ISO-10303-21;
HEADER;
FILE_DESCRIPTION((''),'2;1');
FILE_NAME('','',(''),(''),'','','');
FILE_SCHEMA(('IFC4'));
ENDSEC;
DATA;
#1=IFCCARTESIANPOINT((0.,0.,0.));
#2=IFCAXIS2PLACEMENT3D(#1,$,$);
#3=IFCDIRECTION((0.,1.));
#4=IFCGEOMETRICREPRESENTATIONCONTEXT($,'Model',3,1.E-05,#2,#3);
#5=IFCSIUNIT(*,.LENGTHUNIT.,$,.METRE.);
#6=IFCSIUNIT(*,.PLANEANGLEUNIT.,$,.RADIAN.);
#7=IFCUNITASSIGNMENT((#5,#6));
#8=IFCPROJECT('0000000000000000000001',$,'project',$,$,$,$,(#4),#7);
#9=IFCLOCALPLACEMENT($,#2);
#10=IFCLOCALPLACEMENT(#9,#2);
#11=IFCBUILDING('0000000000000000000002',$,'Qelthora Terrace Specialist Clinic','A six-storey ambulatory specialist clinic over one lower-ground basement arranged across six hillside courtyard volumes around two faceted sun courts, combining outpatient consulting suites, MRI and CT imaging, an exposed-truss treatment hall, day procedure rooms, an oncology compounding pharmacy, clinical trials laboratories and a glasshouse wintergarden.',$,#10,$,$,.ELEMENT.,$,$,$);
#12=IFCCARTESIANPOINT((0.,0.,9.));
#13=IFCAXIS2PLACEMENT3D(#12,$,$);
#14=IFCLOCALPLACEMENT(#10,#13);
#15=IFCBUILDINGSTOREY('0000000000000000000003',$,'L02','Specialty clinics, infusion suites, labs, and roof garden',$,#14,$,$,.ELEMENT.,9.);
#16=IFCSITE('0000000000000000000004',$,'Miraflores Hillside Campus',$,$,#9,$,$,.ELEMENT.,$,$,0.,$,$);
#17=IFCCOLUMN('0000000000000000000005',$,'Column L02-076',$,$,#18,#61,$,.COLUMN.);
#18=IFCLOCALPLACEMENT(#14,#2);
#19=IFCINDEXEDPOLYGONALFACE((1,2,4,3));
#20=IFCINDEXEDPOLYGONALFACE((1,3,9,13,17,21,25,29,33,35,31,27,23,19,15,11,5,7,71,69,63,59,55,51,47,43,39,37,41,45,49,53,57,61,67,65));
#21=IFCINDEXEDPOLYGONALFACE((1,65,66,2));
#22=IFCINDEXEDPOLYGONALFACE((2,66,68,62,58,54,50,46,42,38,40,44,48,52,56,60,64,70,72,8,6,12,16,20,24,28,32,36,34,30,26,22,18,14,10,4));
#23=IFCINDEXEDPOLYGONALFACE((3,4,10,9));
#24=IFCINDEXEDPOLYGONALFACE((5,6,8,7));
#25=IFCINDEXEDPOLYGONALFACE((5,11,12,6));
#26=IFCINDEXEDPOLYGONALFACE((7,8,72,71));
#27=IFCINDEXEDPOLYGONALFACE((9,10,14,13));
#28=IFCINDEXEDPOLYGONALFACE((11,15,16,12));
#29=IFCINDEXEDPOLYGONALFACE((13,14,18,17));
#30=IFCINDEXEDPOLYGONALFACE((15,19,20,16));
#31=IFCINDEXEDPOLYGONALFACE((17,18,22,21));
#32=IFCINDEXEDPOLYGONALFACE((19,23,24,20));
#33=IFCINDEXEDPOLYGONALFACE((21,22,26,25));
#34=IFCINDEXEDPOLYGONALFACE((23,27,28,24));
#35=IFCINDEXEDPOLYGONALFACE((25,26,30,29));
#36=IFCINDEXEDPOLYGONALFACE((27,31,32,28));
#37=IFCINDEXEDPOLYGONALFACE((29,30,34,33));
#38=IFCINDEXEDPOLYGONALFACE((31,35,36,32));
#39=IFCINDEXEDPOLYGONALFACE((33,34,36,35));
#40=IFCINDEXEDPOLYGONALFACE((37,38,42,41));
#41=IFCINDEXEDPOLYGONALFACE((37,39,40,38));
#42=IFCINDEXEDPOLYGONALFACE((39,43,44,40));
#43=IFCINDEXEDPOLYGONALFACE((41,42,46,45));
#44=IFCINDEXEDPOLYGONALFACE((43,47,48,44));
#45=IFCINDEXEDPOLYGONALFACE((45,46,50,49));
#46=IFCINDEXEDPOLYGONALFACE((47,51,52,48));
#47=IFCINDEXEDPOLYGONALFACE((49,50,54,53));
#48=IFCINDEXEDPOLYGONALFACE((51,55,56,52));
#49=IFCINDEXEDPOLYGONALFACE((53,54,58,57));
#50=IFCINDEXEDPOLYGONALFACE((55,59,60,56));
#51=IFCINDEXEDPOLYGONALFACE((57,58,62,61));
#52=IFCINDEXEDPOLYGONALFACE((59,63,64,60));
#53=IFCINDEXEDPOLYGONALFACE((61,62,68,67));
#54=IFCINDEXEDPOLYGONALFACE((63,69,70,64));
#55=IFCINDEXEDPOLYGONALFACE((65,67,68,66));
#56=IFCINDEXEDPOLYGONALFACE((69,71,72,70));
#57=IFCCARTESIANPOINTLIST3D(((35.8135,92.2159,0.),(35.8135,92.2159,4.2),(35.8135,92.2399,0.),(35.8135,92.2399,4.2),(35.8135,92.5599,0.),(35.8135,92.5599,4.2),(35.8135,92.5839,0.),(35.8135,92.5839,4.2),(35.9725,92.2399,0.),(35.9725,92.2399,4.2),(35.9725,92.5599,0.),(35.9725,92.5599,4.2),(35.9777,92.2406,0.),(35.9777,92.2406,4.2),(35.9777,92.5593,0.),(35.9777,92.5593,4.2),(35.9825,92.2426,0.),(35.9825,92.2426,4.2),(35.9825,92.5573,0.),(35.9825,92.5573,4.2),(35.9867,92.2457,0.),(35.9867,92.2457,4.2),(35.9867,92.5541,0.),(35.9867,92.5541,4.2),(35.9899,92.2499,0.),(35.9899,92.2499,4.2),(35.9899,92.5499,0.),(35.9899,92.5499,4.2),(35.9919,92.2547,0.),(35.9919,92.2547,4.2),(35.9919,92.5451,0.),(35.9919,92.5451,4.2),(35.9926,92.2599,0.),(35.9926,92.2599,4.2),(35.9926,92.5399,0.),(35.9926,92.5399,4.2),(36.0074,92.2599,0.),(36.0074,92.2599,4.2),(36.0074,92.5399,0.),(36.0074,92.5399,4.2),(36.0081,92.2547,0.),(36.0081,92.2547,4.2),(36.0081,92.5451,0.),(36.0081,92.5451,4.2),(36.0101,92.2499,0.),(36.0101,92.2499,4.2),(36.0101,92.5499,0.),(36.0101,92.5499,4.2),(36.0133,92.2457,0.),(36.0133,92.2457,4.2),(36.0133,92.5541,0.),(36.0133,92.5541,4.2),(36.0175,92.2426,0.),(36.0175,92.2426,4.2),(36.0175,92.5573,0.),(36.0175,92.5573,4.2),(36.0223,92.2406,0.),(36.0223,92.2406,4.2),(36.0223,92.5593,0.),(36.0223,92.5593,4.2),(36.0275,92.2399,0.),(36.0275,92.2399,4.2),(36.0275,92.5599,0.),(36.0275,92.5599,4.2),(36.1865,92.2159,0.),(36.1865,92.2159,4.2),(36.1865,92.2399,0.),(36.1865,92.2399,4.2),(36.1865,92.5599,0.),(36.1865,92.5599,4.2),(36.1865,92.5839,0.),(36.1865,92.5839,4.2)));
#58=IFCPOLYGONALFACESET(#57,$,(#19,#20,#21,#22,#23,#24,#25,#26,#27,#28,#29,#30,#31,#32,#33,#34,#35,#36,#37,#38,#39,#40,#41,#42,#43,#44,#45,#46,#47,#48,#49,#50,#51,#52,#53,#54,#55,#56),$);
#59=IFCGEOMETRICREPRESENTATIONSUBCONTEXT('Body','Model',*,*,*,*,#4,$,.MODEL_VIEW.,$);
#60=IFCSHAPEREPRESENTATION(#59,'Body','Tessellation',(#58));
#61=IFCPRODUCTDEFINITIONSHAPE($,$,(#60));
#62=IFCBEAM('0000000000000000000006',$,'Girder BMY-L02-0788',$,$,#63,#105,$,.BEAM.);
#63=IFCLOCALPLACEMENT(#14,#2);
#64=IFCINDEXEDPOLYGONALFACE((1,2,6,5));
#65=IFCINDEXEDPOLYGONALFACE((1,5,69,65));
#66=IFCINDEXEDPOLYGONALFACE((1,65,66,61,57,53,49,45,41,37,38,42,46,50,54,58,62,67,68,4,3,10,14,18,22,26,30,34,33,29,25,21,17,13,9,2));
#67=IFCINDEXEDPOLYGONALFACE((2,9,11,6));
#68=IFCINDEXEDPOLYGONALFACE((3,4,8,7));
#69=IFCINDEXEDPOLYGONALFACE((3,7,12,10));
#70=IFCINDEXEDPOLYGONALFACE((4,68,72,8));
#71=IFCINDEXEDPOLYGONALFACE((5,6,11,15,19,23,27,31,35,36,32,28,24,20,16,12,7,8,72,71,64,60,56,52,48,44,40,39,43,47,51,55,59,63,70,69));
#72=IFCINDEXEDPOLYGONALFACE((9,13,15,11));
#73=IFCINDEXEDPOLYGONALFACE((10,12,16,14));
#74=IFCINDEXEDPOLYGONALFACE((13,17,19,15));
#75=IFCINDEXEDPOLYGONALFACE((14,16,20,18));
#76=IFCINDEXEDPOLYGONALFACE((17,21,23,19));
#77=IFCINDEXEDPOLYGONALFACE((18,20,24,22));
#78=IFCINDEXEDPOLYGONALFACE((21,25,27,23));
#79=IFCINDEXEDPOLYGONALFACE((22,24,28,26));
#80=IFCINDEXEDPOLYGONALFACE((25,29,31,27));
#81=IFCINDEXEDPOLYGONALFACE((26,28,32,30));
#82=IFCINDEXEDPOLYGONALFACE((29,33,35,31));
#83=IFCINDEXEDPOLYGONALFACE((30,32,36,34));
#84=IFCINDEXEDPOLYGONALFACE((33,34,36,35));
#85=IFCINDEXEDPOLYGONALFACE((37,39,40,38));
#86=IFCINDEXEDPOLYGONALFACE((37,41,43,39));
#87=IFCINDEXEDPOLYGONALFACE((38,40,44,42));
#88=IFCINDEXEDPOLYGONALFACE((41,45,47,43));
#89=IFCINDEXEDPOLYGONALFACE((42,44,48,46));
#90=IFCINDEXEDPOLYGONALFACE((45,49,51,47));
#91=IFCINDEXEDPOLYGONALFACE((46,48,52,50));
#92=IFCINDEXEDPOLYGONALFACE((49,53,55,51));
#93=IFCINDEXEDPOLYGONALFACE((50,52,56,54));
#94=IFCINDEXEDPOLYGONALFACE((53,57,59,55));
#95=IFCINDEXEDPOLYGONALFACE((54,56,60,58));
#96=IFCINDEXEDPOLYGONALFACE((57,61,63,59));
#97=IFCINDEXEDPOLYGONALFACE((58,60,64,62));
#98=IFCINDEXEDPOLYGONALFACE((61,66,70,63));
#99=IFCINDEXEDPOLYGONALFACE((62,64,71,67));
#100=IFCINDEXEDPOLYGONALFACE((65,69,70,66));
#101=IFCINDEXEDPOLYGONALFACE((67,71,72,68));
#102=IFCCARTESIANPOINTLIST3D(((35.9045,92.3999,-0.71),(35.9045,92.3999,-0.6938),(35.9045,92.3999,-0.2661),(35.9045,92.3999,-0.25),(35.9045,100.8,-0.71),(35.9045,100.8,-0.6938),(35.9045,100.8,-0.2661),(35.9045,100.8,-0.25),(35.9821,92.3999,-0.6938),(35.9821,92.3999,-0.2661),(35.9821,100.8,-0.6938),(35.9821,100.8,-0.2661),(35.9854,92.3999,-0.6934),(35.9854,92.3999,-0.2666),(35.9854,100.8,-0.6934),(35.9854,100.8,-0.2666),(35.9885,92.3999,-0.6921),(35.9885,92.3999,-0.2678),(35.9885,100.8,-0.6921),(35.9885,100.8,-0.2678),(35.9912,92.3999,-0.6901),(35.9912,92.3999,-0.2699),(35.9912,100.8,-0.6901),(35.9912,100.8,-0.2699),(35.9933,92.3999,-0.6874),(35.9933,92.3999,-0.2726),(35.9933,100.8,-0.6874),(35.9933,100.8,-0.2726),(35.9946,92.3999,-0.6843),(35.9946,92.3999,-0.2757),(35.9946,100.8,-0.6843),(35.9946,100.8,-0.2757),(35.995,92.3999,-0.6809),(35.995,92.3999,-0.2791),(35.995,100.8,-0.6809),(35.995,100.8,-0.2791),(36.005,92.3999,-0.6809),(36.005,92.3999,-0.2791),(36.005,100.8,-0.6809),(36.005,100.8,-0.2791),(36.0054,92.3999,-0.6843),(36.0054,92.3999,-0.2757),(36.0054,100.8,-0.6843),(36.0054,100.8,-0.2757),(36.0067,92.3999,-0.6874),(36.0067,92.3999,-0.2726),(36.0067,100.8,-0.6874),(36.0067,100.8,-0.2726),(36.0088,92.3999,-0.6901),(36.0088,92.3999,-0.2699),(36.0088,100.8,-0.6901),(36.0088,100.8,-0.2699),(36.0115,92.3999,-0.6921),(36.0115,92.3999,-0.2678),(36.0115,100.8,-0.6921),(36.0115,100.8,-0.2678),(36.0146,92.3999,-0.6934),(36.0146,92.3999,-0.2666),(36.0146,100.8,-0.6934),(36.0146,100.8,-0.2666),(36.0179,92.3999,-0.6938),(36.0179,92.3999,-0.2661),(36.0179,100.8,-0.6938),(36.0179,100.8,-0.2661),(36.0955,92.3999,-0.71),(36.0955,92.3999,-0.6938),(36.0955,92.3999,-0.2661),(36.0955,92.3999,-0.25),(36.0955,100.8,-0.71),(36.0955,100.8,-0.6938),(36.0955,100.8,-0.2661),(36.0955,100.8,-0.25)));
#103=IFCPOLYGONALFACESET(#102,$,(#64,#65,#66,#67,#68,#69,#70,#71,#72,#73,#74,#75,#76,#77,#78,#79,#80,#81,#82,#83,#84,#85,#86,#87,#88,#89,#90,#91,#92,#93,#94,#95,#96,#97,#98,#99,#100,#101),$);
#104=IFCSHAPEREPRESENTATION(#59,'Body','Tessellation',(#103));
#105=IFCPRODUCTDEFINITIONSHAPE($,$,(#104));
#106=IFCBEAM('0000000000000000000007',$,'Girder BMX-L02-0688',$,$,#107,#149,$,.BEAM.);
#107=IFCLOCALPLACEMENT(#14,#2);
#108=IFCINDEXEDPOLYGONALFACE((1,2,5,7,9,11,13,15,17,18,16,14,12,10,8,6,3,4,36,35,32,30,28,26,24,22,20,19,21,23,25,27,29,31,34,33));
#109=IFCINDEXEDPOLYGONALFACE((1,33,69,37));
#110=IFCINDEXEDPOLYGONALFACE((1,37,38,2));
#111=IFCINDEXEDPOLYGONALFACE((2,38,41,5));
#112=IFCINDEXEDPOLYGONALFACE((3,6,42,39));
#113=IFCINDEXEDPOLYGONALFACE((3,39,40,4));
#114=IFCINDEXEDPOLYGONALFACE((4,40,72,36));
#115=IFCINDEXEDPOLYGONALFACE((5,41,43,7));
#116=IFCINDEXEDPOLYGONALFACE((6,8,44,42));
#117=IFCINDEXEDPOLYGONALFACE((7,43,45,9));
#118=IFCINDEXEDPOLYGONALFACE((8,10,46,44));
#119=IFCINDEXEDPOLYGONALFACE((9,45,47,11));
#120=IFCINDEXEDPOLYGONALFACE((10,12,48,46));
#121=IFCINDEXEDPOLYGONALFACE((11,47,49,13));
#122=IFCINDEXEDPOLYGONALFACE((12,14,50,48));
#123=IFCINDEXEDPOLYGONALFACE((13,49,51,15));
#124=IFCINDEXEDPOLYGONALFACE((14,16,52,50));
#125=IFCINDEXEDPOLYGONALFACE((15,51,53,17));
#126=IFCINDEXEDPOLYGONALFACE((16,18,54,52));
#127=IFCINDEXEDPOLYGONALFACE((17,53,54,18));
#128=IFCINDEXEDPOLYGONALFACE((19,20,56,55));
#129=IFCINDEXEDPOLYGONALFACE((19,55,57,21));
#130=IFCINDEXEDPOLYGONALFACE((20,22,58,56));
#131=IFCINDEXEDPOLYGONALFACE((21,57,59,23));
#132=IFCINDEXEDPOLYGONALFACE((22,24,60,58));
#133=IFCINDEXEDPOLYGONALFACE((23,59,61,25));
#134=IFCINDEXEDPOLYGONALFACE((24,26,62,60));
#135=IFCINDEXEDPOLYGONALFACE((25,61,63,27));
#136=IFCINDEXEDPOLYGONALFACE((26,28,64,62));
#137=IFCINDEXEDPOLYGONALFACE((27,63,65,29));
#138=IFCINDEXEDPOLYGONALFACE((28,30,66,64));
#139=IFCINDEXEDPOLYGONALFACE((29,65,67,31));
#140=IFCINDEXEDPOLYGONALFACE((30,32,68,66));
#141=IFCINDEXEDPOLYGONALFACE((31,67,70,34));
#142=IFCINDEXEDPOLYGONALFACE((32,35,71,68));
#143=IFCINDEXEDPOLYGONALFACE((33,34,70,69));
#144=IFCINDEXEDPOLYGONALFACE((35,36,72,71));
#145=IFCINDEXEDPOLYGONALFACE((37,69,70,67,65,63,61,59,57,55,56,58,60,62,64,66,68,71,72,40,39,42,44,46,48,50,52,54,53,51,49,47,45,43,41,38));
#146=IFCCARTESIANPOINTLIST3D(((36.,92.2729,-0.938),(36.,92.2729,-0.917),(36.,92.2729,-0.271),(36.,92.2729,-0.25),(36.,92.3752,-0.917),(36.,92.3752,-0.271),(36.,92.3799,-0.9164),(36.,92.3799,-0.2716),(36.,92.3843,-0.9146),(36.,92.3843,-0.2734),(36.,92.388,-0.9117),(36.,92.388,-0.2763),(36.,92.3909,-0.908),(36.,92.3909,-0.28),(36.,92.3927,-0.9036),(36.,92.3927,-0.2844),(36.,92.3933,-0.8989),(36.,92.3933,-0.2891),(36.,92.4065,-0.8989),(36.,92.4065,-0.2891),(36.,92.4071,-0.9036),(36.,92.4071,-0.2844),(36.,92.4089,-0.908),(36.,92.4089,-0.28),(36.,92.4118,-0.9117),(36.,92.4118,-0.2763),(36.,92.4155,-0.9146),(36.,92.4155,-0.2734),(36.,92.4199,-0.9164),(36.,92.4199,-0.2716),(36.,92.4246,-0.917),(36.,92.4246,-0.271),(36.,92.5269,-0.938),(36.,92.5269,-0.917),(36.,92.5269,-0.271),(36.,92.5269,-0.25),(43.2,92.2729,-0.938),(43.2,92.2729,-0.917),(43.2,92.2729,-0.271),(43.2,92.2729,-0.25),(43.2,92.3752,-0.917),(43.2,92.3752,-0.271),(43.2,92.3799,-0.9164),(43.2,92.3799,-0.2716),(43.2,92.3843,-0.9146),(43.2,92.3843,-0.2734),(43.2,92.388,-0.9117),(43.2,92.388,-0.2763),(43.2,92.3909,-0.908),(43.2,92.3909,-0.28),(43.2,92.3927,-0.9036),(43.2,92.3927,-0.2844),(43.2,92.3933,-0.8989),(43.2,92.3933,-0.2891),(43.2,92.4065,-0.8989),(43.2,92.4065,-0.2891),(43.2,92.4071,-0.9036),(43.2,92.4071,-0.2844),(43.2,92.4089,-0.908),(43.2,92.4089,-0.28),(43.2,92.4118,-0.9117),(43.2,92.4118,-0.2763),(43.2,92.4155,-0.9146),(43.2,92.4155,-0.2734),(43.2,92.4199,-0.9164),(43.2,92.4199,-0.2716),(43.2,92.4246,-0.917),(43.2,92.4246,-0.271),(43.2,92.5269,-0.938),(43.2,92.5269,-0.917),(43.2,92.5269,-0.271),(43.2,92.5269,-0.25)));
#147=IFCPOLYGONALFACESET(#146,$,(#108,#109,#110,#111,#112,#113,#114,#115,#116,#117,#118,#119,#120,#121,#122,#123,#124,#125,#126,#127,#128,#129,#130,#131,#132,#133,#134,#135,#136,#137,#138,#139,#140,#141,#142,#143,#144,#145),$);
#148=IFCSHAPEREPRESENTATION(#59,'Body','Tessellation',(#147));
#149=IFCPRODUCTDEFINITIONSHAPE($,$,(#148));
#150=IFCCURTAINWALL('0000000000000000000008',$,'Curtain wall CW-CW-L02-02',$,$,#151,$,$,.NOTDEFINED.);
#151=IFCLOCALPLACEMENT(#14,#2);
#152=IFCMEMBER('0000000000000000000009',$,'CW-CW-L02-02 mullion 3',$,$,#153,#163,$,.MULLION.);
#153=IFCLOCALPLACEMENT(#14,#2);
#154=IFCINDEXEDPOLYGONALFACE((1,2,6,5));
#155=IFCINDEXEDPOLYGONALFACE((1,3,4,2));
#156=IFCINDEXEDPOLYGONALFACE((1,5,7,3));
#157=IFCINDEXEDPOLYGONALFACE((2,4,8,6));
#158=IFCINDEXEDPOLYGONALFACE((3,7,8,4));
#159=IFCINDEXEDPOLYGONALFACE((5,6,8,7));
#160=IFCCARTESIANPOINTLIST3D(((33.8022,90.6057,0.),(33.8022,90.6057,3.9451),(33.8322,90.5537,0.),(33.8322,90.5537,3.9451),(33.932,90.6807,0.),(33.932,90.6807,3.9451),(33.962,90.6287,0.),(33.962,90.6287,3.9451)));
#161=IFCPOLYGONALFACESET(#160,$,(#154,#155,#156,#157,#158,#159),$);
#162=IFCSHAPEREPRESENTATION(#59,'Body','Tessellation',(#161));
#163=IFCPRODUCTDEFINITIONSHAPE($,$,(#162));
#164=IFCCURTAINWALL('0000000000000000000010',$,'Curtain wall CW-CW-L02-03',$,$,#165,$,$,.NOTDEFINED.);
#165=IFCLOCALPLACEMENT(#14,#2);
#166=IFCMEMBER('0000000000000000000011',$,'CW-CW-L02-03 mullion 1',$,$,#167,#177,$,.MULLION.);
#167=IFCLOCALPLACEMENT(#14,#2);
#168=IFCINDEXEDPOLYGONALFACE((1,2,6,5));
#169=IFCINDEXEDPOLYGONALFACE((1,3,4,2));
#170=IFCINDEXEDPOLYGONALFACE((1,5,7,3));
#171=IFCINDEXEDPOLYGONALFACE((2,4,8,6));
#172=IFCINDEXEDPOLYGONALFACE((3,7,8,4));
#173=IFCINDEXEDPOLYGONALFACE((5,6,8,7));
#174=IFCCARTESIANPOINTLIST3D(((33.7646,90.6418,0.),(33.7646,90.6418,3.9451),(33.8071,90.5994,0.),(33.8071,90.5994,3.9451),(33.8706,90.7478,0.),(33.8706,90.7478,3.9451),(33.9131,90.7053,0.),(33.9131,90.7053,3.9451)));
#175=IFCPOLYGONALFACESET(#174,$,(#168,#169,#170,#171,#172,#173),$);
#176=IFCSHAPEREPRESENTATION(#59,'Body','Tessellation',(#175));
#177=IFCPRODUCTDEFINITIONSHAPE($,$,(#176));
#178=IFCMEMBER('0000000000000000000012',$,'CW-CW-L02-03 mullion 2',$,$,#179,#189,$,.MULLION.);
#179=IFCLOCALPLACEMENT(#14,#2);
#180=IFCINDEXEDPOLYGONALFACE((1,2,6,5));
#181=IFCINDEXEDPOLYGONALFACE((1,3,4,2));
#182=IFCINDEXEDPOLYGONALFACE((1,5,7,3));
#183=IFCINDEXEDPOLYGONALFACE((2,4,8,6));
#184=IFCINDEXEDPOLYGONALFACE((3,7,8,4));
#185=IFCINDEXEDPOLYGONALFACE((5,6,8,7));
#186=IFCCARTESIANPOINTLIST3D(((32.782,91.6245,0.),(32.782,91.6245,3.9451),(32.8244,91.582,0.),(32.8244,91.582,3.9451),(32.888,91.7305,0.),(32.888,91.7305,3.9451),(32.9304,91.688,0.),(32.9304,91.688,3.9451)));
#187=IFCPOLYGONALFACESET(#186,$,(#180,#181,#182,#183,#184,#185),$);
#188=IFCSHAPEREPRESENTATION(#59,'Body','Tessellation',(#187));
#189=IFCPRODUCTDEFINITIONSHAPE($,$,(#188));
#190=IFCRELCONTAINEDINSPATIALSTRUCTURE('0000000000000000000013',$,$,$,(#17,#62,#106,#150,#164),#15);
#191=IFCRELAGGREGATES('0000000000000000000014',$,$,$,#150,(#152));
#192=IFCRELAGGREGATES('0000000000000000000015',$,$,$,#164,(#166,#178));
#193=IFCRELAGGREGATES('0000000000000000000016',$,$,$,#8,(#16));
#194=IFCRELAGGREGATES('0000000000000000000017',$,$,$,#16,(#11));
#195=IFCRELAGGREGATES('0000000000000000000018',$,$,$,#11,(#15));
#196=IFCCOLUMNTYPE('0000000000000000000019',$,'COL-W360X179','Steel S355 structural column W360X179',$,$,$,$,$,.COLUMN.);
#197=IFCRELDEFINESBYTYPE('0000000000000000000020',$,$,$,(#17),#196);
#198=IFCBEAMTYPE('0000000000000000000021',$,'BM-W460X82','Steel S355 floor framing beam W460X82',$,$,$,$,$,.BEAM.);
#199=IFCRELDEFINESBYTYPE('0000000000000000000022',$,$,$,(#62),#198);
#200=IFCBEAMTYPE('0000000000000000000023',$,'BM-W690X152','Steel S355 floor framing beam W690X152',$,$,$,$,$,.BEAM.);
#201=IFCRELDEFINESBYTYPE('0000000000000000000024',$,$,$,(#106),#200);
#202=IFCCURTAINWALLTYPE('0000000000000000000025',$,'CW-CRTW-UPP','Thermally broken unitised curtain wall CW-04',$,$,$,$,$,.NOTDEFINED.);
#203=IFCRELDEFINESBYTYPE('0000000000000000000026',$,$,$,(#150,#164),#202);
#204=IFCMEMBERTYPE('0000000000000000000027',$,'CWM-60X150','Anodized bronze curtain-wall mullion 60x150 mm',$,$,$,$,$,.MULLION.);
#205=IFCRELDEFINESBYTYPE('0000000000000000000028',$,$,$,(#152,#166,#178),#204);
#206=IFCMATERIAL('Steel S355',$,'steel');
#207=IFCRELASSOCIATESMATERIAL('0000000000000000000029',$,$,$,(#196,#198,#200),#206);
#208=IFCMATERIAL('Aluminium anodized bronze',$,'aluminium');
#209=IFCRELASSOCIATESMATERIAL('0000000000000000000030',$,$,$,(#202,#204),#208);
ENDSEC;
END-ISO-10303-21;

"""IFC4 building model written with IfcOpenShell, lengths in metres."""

from ifc_helpers import new_model, si_unit, direction, frame, origin, origin_2d, place, context, subcontext, project, spatial, rectangle, i_section, extrude, material, material_profile, profile_set, type_object, element, aggregate, save


model = new_model("IFC4")

# Units and contexts
model_context = context("Model", 3, precision=1e-05, world=origin(), true_north=direction((0.0, 1.0)))
body_context = subcontext(model_context, "Body", "Model", "MODEL_VIEW")
ifc_project = project(units=[si_unit("LENGTHUNIT", "METRE"), si_unit("PLANEANGLEUNIT", "RADIAN")], contexts=[model_context])

# Site, building, storey
site_placement = place(None, origin())
site = spatial("IfcSite", under=ifc_project, at=site_placement, Name="Miraflores Hillside Campus", CompositionType="ELEMENT", RefElevation=0.0)
building_placement = place(site_placement, origin())
building = spatial("IfcBuilding", under=site, at=building_placement, Name="Qelthora Terrace Specialist Clinic", Description="A six-storey ambulatory specialist clinic over one lower-ground basement arranged across six hillside courtyard volumes around two faceted sun courts, combining outpatient consulting suites, MRI and CT imaging, an exposed-truss treatment hall, day procedure rooms, an oncology compounding pharmacy, clinical trials laboratories and a glasshouse wintergarden.", CompositionType="ELEMENT")
storey_placement = place(building_placement, frame((0.0, 0.0, 9.0)))
storey = spatial("IfcBuildingStorey", under=building, at=storey_placement, Name="L02", Description="Specialty clinics, infusion suites, labs, and roof garden", CompositionType="ELEMENT", Elevation=9.0)

# Column
ifc_material_1 = material(Name="Steel S355", Category="steel")
ifc_material_profile_1 = material_profile(ifc_material_1, i_section(OverallWidth=0.373, OverallDepth=0.3679, WebThickness=0.0149, FlangeThickness=0.0239, FilletRadius=0.02, at=origin_2d()), Name="W360X179")
ifc_profile_set_1 = profile_set([ifc_material_profile_1], Name="Steel S355")
column_type = type_object("IfcColumnType", Name="COL-W360X179", Description="Steel S355 structural column W360X179", PredefinedType="COLUMN", material=ifc_profile_set_1)
column_placement = place(storey_placement, frame((36.0, 92.3999, 0.0), z_axis=(0.0, 0.0, 1.0), x_axis=(1.0, 0.0, 0.0)))
element("IfcColumn", 1, at=column_placement, inside=storey, type_object=column_type, Name="Column L02-076", PredefinedType="COLUMN", context=body_context, shape_type="SweptSolid", body=[
    extrude(i_section(OverallWidth=0.373, OverallDepth=0.3679, WebThickness=0.0149, FlangeThickness=0.0239, FilletRadius=0.02, at=origin_2d()), origin(), (0.0, 0.0, 1.0), 4.2),
])

# Beams
ifc_material_profile_2 = material_profile(ifc_material_1, i_section(OverallWidth=0.1909, OverallDepth=0.46, WebThickness=0.01, FlangeThickness=0.0161, FilletRadius=0.0129, at=origin_2d()), Name="W460X82")
ifc_profile_set_2 = profile_set([ifc_material_profile_2], Name="Steel S355")
beam_type_1 = type_object("IfcBeamType", Name="BM-W460X82", Description="Steel S355 floor framing beam W460X82", PredefinedType="BEAM", material=ifc_profile_set_2)
beam_1_placement = place(storey_placement, frame((36.0, 92.3999, -0.48), z_axis=(0.0, 1.0, 0.0), x_axis=(-1.0, 0.0, 0.0)))
element("IfcBeam", 2, at=beam_1_placement, inside=storey, type_object=beam_type_1, Name="Girder BMY-L02-0788", PredefinedType="BEAM", context=body_context, shape_type="SweptSolid", body=[
    extrude(i_section(OverallWidth=0.1909, OverallDepth=0.46, WebThickness=0.01, FlangeThickness=0.0161, FilletRadius=0.0129, at=origin_2d()), origin(), (0.0, 0.0, 1.0), 8.4001),
])
ifc_material_profile_3 = material_profile(ifc_material_1, i_section(OverallWidth=0.2539, OverallDepth=0.688, WebThickness=0.0132, FlangeThickness=0.021, FilletRadius=0.0181, at=origin_2d()), Name="W690X152")
ifc_profile_set_3 = profile_set([ifc_material_profile_3], Name="Steel S355")
beam_type_2 = type_object("IfcBeamType", Name="BM-W690X152", Description="Steel S355 floor framing beam W690X152", PredefinedType="BEAM", material=ifc_profile_set_3)
beam_2_placement = place(storey_placement, frame((36.0, 92.3999, -0.594), z_axis=(1.0, 0.0, 0.0), x_axis=(0.0, 1.0, 0.0)))
element("IfcBeam", 3, at=beam_2_placement, inside=storey, type_object=beam_type_2, Name="Girder BMX-L02-0688", PredefinedType="BEAM", context=body_context, shape_type="SweptSolid", body=[
    extrude(i_section(OverallWidth=0.2539, OverallDepth=0.688, WebThickness=0.0132, FlangeThickness=0.021, FilletRadius=0.0181, at=origin_2d()), origin(), (0.0, 0.0, 1.0), 7.2),
])

# Curtain wall, member
ifc_material_2 = material(Name="Aluminium anodized bronze", Category="aluminium")
curtain_wall_type = type_object("IfcCurtainWallType", Name="CW-CRTW-UPP", Description="Thermally broken unitised curtain wall CW-04", PredefinedType="NOTDEFINED", material=ifc_material_2)
curtain_wall_1_placement = place(storey_placement, origin())
curtain_wall_1 = element("IfcCurtainWall", 4, at=curtain_wall_1_placement, inside=storey, type_object=curtain_wall_type, Name="Curtain wall CW-CW-L02-02", PredefinedType="NOTDEFINED")
ifc_material_profile_4 = material_profile(ifc_material_2, rectangle(XDim=0.0601, YDim=0.1499, at=origin_2d()), Name="CWM60X150")
ifc_profile_set_4 = profile_set([ifc_material_profile_4], Name="Aluminium anodized bronze")
member_type_1 = type_object("IfcMemberType", Name="CWM-60X150", Description="Anodized bronze curtain-wall mullion 60x150 mm", PredefinedType="MULLION", material=ifc_profile_set_4)
member_1_placement = place(storey_placement, frame((33.8821, 90.6172, 0.0), z_axis=(0.0, 0.0, 1.0), x_axis=(-0.5, 0.866026, 0.0)))
member_1 = element("IfcMember", 5, at=member_1_placement, type_object=member_type_1, Name="CW-CW-L02-02 mullion 3", PredefinedType="MULLION", context=body_context, shape_type="SweptSolid", body=[
    extrude(rectangle(XDim=0.0601, YDim=0.1499, at=origin_2d()), origin(), (0.0, 0.0, 1.0), 3.9451),
])
aggregate(curtain_wall_1, [member_1])

# Curtain wall, members
curtain_wall_2_placement = place(storey_placement, origin())
curtain_wall_2 = element("IfcCurtainWall", 6, at=curtain_wall_2_placement, inside=storey, type_object=curtain_wall_type, Name="Curtain wall CW-CW-L02-03", PredefinedType="NOTDEFINED")
member_2_placement = place(storey_placement, frame((33.8389, 90.6736, 0.0), z_axis=(0.0, 0.0, 1.0), x_axis=(-0.707107, 0.707107, 0.0)))
member_2 = element("IfcMember", 7, at=member_2_placement, type_object=member_type_1, Name="CW-CW-L02-03 mullion 1", PredefinedType="MULLION", context=body_context, shape_type="SweptSolid", body=[
    extrude(rectangle(XDim=0.0601, YDim=0.1499, at=origin_2d()), origin(), (0.0, 0.0, 1.0), 3.9451),
])
member_3_placement = place(storey_placement, frame((32.8562, 91.6562, 0.0), z_axis=(0.0, 0.0, 1.0), x_axis=(-0.707107, 0.707107, 0.0)))
member_3 = element("IfcMember", 8, at=member_3_placement, type_object=member_type_1, Name="CW-CW-L02-03 mullion 2", PredefinedType="MULLION", context=body_context, shape_type="SweptSolid", body=[
    extrude(rectangle(XDim=0.0601, YDim=0.1499, at=origin_2d()), origin(), (0.0, 0.0, 1.0), 3.9451),
])

aggregate(curtain_wall_2, [member_2, member_3])

save(model, "model.ifc")
